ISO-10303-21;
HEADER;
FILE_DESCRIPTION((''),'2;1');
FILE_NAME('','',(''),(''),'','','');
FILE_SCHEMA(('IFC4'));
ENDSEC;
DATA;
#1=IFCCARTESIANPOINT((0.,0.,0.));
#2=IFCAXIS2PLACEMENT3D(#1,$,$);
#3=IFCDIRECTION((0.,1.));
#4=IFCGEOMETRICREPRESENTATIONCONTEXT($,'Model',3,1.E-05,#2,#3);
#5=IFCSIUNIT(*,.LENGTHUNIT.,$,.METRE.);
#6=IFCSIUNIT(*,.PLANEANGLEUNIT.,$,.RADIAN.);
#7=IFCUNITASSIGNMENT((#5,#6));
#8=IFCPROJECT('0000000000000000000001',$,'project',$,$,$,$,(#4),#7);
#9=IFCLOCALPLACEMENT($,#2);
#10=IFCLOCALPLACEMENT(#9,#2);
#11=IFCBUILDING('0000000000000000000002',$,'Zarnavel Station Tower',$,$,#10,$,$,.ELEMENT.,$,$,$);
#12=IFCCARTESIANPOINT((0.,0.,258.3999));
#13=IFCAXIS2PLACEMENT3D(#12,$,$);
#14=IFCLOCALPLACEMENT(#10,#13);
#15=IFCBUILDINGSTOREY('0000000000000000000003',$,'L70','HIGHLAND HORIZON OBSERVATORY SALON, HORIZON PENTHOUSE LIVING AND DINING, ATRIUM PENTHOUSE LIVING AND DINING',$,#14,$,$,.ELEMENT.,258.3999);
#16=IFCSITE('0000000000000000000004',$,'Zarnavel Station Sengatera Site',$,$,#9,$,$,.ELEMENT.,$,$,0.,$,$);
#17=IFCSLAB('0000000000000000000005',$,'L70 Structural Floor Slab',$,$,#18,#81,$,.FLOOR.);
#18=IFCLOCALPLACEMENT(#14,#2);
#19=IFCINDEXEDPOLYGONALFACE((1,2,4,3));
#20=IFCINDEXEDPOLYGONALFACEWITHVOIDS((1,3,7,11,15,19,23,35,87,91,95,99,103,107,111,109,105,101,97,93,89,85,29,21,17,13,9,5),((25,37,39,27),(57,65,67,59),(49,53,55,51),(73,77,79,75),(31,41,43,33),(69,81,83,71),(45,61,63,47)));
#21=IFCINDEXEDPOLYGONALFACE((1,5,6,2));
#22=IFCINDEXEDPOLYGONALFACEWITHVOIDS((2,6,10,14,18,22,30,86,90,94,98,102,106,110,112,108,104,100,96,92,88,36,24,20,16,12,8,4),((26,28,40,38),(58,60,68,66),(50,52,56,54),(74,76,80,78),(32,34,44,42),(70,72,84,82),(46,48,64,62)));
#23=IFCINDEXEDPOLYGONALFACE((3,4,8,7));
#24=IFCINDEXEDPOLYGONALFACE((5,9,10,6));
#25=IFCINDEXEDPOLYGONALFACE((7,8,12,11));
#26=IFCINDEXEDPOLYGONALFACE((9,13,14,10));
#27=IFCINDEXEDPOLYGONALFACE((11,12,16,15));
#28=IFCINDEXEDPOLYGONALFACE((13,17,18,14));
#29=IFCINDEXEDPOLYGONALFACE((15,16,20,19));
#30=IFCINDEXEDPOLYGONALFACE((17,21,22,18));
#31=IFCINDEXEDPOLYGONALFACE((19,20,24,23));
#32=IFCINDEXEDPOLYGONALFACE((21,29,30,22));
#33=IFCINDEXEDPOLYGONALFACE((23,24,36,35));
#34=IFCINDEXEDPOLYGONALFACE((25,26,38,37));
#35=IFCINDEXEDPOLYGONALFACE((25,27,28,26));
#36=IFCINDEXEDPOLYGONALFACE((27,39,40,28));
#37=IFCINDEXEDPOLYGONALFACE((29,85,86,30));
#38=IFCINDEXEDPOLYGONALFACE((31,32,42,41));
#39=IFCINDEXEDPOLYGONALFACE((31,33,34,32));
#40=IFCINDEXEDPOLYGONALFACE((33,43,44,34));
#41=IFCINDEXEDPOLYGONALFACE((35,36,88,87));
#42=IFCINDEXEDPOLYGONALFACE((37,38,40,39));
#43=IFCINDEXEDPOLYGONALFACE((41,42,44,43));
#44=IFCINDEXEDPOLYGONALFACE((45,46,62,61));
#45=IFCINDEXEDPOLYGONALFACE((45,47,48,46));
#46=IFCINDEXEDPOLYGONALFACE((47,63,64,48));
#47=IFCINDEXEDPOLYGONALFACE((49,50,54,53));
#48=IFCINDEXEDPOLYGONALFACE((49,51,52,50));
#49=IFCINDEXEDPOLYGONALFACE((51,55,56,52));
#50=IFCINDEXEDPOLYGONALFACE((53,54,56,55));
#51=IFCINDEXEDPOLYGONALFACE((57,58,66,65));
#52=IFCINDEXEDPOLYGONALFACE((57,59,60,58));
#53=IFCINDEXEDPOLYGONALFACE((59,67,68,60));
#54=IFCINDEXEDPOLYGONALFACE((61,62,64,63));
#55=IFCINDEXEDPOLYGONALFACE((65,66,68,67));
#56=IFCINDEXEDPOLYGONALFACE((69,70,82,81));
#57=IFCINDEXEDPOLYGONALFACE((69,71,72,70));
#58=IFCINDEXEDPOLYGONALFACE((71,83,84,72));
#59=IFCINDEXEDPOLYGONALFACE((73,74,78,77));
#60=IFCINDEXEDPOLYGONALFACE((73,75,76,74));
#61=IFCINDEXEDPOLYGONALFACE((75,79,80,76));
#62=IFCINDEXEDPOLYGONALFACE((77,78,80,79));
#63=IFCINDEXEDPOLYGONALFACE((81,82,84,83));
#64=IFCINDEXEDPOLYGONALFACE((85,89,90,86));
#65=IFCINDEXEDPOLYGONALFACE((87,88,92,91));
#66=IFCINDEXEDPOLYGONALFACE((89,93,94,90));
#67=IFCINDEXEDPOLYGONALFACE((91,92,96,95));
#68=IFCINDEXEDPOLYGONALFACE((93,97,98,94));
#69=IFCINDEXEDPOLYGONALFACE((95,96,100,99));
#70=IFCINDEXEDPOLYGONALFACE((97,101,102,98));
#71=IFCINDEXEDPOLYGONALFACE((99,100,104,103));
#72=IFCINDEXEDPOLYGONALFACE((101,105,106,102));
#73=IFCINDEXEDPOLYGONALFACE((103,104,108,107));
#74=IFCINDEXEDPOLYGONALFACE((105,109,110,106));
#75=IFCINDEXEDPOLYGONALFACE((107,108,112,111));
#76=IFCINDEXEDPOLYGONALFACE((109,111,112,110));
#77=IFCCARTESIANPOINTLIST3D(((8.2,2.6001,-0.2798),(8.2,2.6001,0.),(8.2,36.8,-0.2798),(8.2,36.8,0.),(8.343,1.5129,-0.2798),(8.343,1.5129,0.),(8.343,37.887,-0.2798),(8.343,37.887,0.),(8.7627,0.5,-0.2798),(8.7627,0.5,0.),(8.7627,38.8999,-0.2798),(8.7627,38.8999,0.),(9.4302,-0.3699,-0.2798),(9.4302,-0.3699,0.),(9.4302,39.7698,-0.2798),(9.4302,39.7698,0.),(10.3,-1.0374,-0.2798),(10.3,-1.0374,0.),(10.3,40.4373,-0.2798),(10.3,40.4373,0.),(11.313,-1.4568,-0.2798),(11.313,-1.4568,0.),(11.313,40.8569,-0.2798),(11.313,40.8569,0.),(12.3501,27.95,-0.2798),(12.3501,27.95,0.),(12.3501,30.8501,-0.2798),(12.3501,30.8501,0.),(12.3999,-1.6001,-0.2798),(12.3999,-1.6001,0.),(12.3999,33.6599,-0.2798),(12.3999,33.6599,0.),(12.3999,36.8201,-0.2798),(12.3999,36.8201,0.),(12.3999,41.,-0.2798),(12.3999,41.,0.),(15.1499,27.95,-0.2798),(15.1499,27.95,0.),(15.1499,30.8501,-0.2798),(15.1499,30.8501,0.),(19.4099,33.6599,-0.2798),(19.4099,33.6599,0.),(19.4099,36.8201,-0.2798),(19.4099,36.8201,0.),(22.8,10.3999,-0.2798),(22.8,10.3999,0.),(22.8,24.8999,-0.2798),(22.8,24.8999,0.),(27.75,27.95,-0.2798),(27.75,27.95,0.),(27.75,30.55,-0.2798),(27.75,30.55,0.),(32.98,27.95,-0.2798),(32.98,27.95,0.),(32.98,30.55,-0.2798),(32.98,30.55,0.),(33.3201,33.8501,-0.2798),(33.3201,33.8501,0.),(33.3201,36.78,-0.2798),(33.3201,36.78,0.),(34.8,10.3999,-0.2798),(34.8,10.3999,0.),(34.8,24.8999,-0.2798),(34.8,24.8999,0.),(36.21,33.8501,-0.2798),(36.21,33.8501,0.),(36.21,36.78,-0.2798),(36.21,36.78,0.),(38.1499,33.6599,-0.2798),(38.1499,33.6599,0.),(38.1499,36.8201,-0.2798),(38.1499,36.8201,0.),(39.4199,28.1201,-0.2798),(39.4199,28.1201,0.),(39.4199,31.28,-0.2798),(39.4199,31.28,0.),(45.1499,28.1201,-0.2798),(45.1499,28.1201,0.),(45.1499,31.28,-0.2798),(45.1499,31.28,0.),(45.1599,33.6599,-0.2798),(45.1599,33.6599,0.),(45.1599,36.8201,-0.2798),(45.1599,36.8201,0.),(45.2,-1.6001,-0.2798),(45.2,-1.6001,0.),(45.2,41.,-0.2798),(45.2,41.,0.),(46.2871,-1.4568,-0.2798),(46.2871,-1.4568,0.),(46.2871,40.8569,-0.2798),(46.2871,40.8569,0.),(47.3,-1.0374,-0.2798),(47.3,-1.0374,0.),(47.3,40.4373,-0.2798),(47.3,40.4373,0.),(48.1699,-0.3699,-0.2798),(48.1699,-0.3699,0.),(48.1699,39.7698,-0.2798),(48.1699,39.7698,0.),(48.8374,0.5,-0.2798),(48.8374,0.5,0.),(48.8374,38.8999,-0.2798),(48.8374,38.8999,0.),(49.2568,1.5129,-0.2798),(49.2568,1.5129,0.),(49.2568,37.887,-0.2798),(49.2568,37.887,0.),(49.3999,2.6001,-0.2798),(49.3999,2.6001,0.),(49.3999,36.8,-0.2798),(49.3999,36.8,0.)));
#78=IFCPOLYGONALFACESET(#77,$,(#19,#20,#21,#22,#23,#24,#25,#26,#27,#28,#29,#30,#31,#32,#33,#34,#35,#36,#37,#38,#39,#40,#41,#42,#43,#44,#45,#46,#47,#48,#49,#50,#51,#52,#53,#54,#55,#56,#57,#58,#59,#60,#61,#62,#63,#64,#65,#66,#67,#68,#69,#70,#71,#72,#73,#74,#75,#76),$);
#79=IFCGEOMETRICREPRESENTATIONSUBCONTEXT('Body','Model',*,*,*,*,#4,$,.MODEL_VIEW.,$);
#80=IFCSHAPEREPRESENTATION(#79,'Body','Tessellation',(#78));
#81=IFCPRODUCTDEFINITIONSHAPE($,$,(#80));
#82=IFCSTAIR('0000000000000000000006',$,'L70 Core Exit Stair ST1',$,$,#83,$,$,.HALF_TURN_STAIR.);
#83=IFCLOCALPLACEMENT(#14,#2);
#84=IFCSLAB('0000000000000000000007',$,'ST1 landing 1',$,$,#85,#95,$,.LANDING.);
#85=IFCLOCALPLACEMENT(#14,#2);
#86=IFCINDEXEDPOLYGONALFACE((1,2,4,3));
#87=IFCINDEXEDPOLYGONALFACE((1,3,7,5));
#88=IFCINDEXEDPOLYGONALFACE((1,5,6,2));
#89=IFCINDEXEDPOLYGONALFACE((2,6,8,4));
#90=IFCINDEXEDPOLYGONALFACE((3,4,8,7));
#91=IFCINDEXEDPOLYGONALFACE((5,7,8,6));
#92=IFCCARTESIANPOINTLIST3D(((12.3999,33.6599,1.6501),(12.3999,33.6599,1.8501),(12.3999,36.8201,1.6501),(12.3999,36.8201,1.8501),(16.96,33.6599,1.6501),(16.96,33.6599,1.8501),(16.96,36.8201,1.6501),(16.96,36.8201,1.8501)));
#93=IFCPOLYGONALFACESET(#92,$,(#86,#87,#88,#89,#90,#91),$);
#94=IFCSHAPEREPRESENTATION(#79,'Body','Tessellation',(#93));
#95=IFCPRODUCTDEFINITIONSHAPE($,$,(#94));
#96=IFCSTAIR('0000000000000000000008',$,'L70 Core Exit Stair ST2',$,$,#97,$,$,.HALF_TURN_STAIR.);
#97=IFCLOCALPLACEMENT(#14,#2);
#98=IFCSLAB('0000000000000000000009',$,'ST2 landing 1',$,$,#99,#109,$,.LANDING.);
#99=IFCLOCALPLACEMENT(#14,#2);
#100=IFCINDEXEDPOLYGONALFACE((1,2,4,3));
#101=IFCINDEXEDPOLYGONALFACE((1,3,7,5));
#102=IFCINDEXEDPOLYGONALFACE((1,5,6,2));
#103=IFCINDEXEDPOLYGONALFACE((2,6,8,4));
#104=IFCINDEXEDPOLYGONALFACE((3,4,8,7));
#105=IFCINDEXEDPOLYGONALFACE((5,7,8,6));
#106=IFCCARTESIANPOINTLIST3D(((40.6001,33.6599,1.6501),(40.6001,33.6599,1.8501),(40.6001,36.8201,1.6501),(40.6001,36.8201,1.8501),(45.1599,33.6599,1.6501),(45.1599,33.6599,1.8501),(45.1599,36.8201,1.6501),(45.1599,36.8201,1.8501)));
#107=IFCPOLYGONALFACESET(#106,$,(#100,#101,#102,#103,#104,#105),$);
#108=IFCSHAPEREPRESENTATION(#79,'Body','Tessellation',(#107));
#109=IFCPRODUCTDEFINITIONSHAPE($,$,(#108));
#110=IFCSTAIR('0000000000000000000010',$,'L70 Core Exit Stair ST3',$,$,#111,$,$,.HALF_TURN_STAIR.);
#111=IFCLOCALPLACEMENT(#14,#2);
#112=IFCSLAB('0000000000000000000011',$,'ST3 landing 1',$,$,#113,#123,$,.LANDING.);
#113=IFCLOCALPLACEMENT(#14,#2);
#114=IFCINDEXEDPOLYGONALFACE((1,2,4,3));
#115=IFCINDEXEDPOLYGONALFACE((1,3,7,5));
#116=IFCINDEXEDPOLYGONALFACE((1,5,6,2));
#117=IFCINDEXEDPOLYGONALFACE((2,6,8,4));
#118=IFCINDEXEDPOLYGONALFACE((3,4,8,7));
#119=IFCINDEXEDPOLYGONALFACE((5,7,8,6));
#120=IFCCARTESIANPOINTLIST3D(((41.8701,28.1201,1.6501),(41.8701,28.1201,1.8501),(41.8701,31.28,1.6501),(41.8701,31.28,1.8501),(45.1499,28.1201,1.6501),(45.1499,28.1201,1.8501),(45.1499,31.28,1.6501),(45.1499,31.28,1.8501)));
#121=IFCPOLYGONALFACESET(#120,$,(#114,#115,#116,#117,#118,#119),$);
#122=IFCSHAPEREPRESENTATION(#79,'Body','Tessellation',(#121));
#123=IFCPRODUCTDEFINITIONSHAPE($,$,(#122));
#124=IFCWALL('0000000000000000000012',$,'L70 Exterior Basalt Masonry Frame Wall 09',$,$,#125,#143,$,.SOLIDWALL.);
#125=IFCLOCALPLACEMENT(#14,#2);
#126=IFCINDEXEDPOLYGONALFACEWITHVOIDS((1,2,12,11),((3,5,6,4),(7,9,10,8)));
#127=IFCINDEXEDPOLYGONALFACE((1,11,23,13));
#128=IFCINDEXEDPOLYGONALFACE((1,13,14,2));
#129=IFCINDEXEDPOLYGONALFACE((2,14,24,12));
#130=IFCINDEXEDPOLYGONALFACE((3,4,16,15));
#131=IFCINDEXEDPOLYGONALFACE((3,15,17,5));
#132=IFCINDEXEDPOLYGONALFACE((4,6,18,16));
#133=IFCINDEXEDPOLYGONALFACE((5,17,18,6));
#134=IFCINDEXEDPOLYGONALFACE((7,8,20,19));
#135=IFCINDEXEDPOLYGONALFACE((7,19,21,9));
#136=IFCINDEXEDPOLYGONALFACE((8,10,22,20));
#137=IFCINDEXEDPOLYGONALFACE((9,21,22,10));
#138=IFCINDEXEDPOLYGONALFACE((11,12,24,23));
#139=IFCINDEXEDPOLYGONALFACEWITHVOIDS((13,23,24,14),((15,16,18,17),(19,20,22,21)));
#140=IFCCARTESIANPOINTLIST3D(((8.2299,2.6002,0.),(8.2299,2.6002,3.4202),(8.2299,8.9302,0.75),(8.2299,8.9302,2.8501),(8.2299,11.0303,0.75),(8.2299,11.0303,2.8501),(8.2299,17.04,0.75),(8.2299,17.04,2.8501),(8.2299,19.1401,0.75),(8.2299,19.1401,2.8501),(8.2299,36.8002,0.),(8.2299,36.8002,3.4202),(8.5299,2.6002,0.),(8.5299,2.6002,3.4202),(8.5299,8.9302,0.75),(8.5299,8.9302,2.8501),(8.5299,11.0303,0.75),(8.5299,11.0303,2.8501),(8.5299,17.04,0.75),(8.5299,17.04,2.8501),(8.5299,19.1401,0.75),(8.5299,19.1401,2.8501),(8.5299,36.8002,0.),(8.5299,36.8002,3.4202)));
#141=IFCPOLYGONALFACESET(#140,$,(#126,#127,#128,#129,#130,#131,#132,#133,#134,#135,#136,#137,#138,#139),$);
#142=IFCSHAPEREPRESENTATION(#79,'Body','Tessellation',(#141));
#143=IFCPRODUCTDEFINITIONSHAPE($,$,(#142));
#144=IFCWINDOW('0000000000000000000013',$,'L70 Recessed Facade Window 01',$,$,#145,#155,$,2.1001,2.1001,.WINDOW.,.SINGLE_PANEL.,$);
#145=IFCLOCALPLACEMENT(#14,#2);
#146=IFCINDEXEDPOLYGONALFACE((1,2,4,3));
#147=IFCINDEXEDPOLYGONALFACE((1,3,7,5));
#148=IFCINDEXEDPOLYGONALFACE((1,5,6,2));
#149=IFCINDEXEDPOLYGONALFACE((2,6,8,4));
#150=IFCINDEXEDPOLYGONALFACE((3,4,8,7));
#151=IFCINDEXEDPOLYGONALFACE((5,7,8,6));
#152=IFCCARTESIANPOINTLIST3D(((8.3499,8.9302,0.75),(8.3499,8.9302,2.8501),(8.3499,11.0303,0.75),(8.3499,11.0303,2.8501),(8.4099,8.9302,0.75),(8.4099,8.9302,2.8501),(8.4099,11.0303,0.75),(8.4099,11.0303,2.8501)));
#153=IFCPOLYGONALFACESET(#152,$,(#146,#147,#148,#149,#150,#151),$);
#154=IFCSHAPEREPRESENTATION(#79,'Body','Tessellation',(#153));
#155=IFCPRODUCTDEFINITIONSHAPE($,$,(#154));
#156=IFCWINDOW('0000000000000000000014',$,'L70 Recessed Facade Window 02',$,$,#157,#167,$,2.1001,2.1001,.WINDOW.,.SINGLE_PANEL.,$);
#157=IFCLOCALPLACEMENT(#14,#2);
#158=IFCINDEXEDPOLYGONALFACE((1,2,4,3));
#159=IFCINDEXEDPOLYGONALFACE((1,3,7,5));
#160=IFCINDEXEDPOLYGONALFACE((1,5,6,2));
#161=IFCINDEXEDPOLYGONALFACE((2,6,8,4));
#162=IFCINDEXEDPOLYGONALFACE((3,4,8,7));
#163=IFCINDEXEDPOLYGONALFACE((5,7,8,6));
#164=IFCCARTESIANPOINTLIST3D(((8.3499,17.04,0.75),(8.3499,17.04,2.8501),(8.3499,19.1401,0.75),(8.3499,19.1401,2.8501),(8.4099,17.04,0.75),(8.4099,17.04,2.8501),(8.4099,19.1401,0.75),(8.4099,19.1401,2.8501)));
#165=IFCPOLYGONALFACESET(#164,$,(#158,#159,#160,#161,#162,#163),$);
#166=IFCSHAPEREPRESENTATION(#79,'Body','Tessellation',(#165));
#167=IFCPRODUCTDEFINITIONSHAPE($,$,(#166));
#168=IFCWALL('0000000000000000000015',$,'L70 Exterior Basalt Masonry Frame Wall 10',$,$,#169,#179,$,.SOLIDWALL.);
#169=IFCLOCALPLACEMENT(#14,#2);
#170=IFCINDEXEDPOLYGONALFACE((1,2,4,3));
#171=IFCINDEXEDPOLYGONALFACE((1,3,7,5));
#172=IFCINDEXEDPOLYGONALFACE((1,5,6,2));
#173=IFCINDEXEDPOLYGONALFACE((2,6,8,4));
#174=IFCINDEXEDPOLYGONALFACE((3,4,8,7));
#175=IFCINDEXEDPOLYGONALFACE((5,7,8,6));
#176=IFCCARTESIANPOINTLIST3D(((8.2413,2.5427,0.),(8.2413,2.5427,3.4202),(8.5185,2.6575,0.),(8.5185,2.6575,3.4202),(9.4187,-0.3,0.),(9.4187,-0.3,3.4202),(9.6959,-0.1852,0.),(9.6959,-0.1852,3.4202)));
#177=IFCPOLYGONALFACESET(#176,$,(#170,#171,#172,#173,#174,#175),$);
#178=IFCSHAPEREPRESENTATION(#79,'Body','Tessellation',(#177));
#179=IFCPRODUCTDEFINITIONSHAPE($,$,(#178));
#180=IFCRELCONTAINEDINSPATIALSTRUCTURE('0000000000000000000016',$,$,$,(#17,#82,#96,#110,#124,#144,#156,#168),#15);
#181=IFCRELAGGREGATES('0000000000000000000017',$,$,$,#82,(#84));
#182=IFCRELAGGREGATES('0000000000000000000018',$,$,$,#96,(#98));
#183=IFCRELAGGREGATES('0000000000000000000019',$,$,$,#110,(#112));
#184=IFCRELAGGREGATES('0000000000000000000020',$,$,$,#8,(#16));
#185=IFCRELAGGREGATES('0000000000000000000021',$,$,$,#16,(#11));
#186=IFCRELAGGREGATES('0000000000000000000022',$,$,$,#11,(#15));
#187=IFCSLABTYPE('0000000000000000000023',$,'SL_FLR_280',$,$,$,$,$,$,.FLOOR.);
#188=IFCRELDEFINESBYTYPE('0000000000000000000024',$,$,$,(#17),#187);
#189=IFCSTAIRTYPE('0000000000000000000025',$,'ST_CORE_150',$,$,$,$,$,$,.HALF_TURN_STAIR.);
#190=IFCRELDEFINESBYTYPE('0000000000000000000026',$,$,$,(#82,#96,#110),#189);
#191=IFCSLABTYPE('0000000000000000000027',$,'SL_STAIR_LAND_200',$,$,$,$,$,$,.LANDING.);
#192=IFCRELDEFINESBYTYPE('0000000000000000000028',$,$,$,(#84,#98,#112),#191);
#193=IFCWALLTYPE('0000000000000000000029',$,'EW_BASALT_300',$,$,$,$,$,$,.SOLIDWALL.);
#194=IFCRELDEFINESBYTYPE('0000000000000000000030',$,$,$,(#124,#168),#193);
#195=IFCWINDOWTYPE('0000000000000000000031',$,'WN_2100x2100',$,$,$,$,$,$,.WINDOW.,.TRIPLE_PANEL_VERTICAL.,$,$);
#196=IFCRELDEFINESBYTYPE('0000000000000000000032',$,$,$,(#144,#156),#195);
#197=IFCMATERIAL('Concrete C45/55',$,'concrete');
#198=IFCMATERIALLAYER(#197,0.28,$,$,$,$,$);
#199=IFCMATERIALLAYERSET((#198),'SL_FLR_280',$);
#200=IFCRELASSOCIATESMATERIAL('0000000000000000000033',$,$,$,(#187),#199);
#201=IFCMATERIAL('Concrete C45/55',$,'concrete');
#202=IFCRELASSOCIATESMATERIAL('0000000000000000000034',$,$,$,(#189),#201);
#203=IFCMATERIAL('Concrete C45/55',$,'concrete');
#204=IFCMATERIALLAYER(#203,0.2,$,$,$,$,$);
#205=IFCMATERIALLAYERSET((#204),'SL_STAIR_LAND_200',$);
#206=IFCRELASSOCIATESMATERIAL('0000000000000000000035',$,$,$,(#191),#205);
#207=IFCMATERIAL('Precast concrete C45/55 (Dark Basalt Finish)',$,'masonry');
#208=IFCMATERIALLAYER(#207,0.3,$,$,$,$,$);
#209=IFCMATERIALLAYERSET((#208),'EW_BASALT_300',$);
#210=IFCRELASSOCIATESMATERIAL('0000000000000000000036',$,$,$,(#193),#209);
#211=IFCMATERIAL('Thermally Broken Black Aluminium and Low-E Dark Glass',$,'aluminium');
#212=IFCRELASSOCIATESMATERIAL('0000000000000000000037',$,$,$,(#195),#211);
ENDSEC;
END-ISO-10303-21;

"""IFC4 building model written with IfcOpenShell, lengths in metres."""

from ifc_helpers import new_model, si_unit, direction, frame, frame_2d, origin, place, context, subcontext, project, spatial, polyline, rectangle, outline, extrude, material, layer, layer_set, type_object, element, fill, aggregate, save


model = new_model("IFC4")

# Units and contexts
model_context = context("Model", 3, precision=1e-05, world=origin(), true_north=direction((0.0, 1.0)))
body_context = subcontext(model_context, "Body", "Model", "MODEL_VIEW")
ifc_project = project(units=[si_unit("LENGTHUNIT", "METRE"), si_unit("PLANEANGLEUNIT", "RADIAN")], contexts=[model_context])

# Site, building, storey
site_placement = place(None, origin())
site = spatial("IfcSite", under=ifc_project, at=site_placement, Name="Zarnavel Station Sengatera Site", CompositionType="ELEMENT", RefElevation=0.0)
building_placement = place(site_placement, origin())
building = spatial("IfcBuilding", under=site, at=building_placement, Name="Zarnavel Station Tower", CompositionType="ELEMENT")
storey_placement = place(building_placement, frame((0.0, 0.0, 258.3999)))
storey = spatial("IfcBuildingStorey", under=building, at=storey_placement, Name="L70", Description="HIGHLAND HORIZON OBSERVATORY SALON, HORIZON PENTHOUSE LIVING AND DINING, ATRIUM PENTHOUSE LIVING AND DINING", CompositionType="ELEMENT", Elevation=258.3999)

# Slab
ifc_material_1 = material(Name="Concrete C45/55", Category="concrete")
ifc_layer_1 = layer(ifc_material_1, 0.28)
ifc_layer_set_1 = layer_set([ifc_layer_1], Name="SL_FLR_280")
slab_type_1 = type_object("IfcSlabType", Name="SL_FLR_280", PredefinedType="FLOOR", material=ifc_layer_set_1)
slab_1_placement = place(storey_placement, frame((0.0, 0.0, -0.2798)))
element("IfcSlab", 1, at=slab_1_placement, inside=storey, type_object=slab_type_1, Name="L70 Structural Floor Slab", PredefinedType="FLOOR", context=body_context, shape_type="SweptSolid", body=[
    extrude(outline(polyline([(45.2, -1.6001), (46.2871, -1.4568), (47.3, -1.0374), (48.1699, -0.3699), (48.8374, 0.5), (49.2568, 1.5129), (49.3999, 2.6001), (49.3999, 36.8), (49.2568, 37.887), (48.8374, 38.8999), (48.1699, 39.7698), (47.3, 40.4373), (46.2871, 40.8569), (45.2, 41.0), (12.3999, 41.0), (11.313, 40.8569), (10.3, 40.4373), (9.4302, 39.7698), (8.7627, 38.8999), (8.343, 37.887), (8.2, 36.8), (8.2, 2.6001), (8.343, 1.5129), (8.7627, 0.5), (9.4302, -0.3699), (10.3, -1.0374), (11.313, -1.4568), (12.3999, -1.6001), (45.2, -1.6001)]), holes=[polyline([(12.3999, 33.6599), (19.4099, 33.6599), (19.4099, 36.8201), (12.3999, 36.8201), (12.3999, 33.6599)]), polyline([(38.1499, 33.6599), (45.1599, 33.6599), (45.1599, 36.8201), (38.1499, 36.8201), (38.1499, 33.6599)]), polyline([(39.4199, 28.1201), (45.1499, 28.1201), (45.1499, 31.28), (39.4199, 31.28), (39.4199, 28.1201)]), polyline([(12.3501, 27.95), (15.1499, 27.95), (15.1499, 30.8501), (12.3501, 30.8501), (12.3501, 27.95)]), polyline([(33.3201, 33.8501), (36.21, 33.8501), (36.21, 36.78), (33.3201, 36.78), (33.3201, 33.8501)]), polyline([(27.75, 27.95), (32.98, 27.95), (32.98, 30.55), (27.75, 30.55), (27.75, 27.95)]), polyline([(22.8, 10.3999), (34.8, 10.3999), (34.8, 24.8999), (22.8, 24.8999), (22.8, 10.3999)])]), origin(), (0.0, 0.0, 1.0), 0.2798),
])

# Stairs, slabs
ifc_material_2 = material(Name="Concrete C45/55", Category="concrete")
stair_type = type_object("IfcStairType", Name="ST_CORE_150", PredefinedType="HALF_TURN_STAIR", material=ifc_material_2)
stair_1_placement = place(storey_placement, origin())
stair_1 = element("IfcStair", 2, at=stair_1_placement, inside=storey, type_object=stair_type, Name="L70 Core Exit Stair ST1", PredefinedType="HALF_TURN_STAIR")
ifc_material_3 = material(Name="Concrete C45/55", Category="concrete")
ifc_layer_2 = layer(ifc_material_3, 0.2)
ifc_layer_set_2 = layer_set([ifc_layer_2], Name="SL_STAIR_LAND_200")
slab_type_2 = type_object("IfcSlabType", Name="SL_STAIR_LAND_200", PredefinedType="LANDING", material=ifc_layer_set_2)
slab_2_placement = place(storey_placement, frame((0.0, 0.0, 1.6501)))
slab_2 = element("IfcSlab", 3, at=slab_2_placement, type_object=slab_type_2, Name="ST1 landing 1", PredefinedType="LANDING", context=body_context, shape_type="SweptSolid", body=[
    extrude(outline(polyline([(16.96, 36.8201), (12.3999, 36.8201), (12.3999, 33.6599), (16.96, 33.6599), (16.96, 36.8201)])), origin(), (0.0, 0.0, 1.0), 0.2),
])
aggregate(stair_1, [slab_2])
stair_2_placement = place(storey_placement, origin())
stair_2 = element("IfcStair", 4, at=stair_2_placement, inside=storey, type_object=stair_type, Name="L70 Core Exit Stair ST2", PredefinedType="HALF_TURN_STAIR")
slab_3_placement = place(storey_placement, frame((0.0, 0.0, 1.6501)))
slab_3 = element("IfcSlab", 5, at=slab_3_placement, type_object=slab_type_2, Name="ST2 landing 1", PredefinedType="LANDING", context=body_context, shape_type="SweptSolid", body=[
    extrude(outline(polyline([(40.6001, 33.6599), (45.1599, 33.6599), (45.1599, 36.8201), (40.6001, 36.8201), (40.6001, 33.6599)])), origin(), (0.0, 0.0, 1.0), 0.2),
])
aggregate(stair_2, [slab_3])
stair_3_placement = place(storey_placement, origin())
stair_3 = element("IfcStair", 6, at=stair_3_placement, inside=storey, type_object=stair_type, Name="L70 Core Exit Stair ST3", PredefinedType="HALF_TURN_STAIR")
slab_4_placement = place(storey_placement, frame((0.0, 0.0, 1.6501)))
slab_4 = element("IfcSlab", 7, at=slab_4_placement, type_object=slab_type_2, Name="ST3 landing 1", PredefinedType="LANDING", context=body_context, shape_type="SweptSolid", body=[
    extrude(outline(polyline([(41.8701, 28.1201), (45.1499, 28.1201), (45.1499, 31.28), (41.8701, 31.28), (41.8701, 28.1201)])), origin(), (0.0, 0.0, 1.0), 0.2),
])
aggregate(stair_3, [slab_4])

# Wall, openings, windows
ifc_material_4 = material(Name="Precast concrete C45/55 (Dark Basalt Finish)", Category="masonry")
ifc_layer_3 = layer(ifc_material_4, 0.3)
ifc_layer_set_3 = layer_set([ifc_layer_3], Name="EW_BASALT_300")
wall_type_1 = type_object("IfcWallType", Name="EW_BASALT_300", PredefinedType="SOLIDWALL", material=ifc_layer_set_3)
wall_1_placement = place(storey_placement, frame((8.3799, 2.6001, 0.0), z_axis=(0.0, 0.0, 1.0), x_axis=(0.0, 1.0, 0.0)))
wall_1 = element("IfcWall", 8, at=wall_1_placement, inside=storey, type_object=wall_type_1, Name="L70 Exterior Basalt Masonry Frame Wall 09", PredefinedType="SOLIDWALL", context=body_context, shape_type="SweptSolid", body=[
    extrude(rectangle(XDim=34.2, YDim=0.3, at=frame_2d((17.1001, 0.0))), origin(), (0.0, 0.0, 1.0), 3.4202),
])
opening_1_placement = place(wall_1_placement, frame((6.3301, 0.0, 0.75)))
opening_1 = element("IfcOpeningElement", 9, at=opening_1_placement, cuts=wall_1, PredefinedType="OPENING", context=body_context, shape_type="SweptSolid", body=[
    extrude(rectangle(XDim=2.1001, YDim=2.1001, at=frame_2d((1.05, 1.05))), frame((0.0, 0.1599, 0.0), z_axis=(0.0, -1.0, 0.0), x_axis=(1.0, 0.0, 0.0)), (0.0, 0.0, 1.0), 0.3201),
])
opening_2_placement = place(wall_1_placement, frame((14.4399, 0.0, 0.75)))
opening_2 = element("IfcOpeningElement", 10, at=opening_2_placement, cuts=wall_1, PredefinedType="OPENING", context=body_context, shape_type="SweptSolid", body=[
    extrude(rectangle(XDim=2.1001, YDim=2.1001, at=frame_2d((1.05, 1.05))), frame((0.0, 0.1599, 0.0), z_axis=(0.0, -1.0, 0.0), x_axis=(1.0, 0.0, 0.0)), (0.0, 0.0, 1.0), 0.3201),
])
ifc_material_5 = material(Name="Thermally Broken Black Aluminium and Low-E Dark Glass", Category="aluminium")
window_type = type_object("IfcWindowType", Name="WN_2100x2100", PartitioningType="TRIPLE_PANEL_VERTICAL", PredefinedType="WINDOW", material=ifc_material_5)
window_1_placement = place(opening_1_placement, origin())
window_1 = element("IfcWindow", 11, at=window_1_placement, inside=storey, type_object=window_type, Name="L70 Recessed Facade Window 01", OverallHeight=2.1001, OverallWidth=2.1001, PartitioningType="SINGLE_PANEL", PredefinedType="WINDOW", context=body_context, shape_type="SweptSolid", body=[
    extrude(rectangle(XDim=2.1001, YDim=2.1001, at=frame_2d((1.05, 1.05))), frame((0.0, 0.03, 0.0), z_axis=(0.0, -1.0, 0.0), x_axis=(1.0, 0.0, 0.0)), (0.0, 0.0, 1.0), 0.0601),
])
fill(opening_1, window_1)
window_2_placement = place(opening_2_placement, origin())
window_2 = element("IfcWindow", 12, at=window_2_placement, inside=storey, type_object=window_type, Name="L70 Recessed Facade Window 02", OverallHeight=2.1001, OverallWidth=2.1001, PartitioningType="SINGLE_PANEL", PredefinedType="WINDOW", context=body_context, shape_type="SweptSolid", body=[
    extrude(rectangle(XDim=2.1001, YDim=2.1001, at=frame_2d((1.05, 1.05))), frame((0.0, 0.03, 0.0), z_axis=(0.0, -1.0, 0.0), x_axis=(1.0, 0.0, 0.0)), (0.0, 0.0, 1.0), 0.0601),
])
fill(opening_2, window_2)

# Wall
wall_2_placement = place(storey_placement, frame((9.5574, -0.2427, 0.0), z_axis=(0.0, 0.0, 1.0), x_axis=(-0.382676, 0.923882, 0.0)))
element("IfcWall", 13, at=wall_2_placement, inside=storey, type_object=wall_type_1, Name="L70 Exterior Basalt Masonry Frame Wall 10", PredefinedType="SOLIDWALL", context=body_context, shape_type="SweptSolid", body=[
    extrude(rectangle(XDim=3.0769, YDim=0.3, at=frame_2d((1.5386, 0.0))), origin(), (0.0, 0.0, 1.0), 3.4202),
])

save(model, "model.ifc")
